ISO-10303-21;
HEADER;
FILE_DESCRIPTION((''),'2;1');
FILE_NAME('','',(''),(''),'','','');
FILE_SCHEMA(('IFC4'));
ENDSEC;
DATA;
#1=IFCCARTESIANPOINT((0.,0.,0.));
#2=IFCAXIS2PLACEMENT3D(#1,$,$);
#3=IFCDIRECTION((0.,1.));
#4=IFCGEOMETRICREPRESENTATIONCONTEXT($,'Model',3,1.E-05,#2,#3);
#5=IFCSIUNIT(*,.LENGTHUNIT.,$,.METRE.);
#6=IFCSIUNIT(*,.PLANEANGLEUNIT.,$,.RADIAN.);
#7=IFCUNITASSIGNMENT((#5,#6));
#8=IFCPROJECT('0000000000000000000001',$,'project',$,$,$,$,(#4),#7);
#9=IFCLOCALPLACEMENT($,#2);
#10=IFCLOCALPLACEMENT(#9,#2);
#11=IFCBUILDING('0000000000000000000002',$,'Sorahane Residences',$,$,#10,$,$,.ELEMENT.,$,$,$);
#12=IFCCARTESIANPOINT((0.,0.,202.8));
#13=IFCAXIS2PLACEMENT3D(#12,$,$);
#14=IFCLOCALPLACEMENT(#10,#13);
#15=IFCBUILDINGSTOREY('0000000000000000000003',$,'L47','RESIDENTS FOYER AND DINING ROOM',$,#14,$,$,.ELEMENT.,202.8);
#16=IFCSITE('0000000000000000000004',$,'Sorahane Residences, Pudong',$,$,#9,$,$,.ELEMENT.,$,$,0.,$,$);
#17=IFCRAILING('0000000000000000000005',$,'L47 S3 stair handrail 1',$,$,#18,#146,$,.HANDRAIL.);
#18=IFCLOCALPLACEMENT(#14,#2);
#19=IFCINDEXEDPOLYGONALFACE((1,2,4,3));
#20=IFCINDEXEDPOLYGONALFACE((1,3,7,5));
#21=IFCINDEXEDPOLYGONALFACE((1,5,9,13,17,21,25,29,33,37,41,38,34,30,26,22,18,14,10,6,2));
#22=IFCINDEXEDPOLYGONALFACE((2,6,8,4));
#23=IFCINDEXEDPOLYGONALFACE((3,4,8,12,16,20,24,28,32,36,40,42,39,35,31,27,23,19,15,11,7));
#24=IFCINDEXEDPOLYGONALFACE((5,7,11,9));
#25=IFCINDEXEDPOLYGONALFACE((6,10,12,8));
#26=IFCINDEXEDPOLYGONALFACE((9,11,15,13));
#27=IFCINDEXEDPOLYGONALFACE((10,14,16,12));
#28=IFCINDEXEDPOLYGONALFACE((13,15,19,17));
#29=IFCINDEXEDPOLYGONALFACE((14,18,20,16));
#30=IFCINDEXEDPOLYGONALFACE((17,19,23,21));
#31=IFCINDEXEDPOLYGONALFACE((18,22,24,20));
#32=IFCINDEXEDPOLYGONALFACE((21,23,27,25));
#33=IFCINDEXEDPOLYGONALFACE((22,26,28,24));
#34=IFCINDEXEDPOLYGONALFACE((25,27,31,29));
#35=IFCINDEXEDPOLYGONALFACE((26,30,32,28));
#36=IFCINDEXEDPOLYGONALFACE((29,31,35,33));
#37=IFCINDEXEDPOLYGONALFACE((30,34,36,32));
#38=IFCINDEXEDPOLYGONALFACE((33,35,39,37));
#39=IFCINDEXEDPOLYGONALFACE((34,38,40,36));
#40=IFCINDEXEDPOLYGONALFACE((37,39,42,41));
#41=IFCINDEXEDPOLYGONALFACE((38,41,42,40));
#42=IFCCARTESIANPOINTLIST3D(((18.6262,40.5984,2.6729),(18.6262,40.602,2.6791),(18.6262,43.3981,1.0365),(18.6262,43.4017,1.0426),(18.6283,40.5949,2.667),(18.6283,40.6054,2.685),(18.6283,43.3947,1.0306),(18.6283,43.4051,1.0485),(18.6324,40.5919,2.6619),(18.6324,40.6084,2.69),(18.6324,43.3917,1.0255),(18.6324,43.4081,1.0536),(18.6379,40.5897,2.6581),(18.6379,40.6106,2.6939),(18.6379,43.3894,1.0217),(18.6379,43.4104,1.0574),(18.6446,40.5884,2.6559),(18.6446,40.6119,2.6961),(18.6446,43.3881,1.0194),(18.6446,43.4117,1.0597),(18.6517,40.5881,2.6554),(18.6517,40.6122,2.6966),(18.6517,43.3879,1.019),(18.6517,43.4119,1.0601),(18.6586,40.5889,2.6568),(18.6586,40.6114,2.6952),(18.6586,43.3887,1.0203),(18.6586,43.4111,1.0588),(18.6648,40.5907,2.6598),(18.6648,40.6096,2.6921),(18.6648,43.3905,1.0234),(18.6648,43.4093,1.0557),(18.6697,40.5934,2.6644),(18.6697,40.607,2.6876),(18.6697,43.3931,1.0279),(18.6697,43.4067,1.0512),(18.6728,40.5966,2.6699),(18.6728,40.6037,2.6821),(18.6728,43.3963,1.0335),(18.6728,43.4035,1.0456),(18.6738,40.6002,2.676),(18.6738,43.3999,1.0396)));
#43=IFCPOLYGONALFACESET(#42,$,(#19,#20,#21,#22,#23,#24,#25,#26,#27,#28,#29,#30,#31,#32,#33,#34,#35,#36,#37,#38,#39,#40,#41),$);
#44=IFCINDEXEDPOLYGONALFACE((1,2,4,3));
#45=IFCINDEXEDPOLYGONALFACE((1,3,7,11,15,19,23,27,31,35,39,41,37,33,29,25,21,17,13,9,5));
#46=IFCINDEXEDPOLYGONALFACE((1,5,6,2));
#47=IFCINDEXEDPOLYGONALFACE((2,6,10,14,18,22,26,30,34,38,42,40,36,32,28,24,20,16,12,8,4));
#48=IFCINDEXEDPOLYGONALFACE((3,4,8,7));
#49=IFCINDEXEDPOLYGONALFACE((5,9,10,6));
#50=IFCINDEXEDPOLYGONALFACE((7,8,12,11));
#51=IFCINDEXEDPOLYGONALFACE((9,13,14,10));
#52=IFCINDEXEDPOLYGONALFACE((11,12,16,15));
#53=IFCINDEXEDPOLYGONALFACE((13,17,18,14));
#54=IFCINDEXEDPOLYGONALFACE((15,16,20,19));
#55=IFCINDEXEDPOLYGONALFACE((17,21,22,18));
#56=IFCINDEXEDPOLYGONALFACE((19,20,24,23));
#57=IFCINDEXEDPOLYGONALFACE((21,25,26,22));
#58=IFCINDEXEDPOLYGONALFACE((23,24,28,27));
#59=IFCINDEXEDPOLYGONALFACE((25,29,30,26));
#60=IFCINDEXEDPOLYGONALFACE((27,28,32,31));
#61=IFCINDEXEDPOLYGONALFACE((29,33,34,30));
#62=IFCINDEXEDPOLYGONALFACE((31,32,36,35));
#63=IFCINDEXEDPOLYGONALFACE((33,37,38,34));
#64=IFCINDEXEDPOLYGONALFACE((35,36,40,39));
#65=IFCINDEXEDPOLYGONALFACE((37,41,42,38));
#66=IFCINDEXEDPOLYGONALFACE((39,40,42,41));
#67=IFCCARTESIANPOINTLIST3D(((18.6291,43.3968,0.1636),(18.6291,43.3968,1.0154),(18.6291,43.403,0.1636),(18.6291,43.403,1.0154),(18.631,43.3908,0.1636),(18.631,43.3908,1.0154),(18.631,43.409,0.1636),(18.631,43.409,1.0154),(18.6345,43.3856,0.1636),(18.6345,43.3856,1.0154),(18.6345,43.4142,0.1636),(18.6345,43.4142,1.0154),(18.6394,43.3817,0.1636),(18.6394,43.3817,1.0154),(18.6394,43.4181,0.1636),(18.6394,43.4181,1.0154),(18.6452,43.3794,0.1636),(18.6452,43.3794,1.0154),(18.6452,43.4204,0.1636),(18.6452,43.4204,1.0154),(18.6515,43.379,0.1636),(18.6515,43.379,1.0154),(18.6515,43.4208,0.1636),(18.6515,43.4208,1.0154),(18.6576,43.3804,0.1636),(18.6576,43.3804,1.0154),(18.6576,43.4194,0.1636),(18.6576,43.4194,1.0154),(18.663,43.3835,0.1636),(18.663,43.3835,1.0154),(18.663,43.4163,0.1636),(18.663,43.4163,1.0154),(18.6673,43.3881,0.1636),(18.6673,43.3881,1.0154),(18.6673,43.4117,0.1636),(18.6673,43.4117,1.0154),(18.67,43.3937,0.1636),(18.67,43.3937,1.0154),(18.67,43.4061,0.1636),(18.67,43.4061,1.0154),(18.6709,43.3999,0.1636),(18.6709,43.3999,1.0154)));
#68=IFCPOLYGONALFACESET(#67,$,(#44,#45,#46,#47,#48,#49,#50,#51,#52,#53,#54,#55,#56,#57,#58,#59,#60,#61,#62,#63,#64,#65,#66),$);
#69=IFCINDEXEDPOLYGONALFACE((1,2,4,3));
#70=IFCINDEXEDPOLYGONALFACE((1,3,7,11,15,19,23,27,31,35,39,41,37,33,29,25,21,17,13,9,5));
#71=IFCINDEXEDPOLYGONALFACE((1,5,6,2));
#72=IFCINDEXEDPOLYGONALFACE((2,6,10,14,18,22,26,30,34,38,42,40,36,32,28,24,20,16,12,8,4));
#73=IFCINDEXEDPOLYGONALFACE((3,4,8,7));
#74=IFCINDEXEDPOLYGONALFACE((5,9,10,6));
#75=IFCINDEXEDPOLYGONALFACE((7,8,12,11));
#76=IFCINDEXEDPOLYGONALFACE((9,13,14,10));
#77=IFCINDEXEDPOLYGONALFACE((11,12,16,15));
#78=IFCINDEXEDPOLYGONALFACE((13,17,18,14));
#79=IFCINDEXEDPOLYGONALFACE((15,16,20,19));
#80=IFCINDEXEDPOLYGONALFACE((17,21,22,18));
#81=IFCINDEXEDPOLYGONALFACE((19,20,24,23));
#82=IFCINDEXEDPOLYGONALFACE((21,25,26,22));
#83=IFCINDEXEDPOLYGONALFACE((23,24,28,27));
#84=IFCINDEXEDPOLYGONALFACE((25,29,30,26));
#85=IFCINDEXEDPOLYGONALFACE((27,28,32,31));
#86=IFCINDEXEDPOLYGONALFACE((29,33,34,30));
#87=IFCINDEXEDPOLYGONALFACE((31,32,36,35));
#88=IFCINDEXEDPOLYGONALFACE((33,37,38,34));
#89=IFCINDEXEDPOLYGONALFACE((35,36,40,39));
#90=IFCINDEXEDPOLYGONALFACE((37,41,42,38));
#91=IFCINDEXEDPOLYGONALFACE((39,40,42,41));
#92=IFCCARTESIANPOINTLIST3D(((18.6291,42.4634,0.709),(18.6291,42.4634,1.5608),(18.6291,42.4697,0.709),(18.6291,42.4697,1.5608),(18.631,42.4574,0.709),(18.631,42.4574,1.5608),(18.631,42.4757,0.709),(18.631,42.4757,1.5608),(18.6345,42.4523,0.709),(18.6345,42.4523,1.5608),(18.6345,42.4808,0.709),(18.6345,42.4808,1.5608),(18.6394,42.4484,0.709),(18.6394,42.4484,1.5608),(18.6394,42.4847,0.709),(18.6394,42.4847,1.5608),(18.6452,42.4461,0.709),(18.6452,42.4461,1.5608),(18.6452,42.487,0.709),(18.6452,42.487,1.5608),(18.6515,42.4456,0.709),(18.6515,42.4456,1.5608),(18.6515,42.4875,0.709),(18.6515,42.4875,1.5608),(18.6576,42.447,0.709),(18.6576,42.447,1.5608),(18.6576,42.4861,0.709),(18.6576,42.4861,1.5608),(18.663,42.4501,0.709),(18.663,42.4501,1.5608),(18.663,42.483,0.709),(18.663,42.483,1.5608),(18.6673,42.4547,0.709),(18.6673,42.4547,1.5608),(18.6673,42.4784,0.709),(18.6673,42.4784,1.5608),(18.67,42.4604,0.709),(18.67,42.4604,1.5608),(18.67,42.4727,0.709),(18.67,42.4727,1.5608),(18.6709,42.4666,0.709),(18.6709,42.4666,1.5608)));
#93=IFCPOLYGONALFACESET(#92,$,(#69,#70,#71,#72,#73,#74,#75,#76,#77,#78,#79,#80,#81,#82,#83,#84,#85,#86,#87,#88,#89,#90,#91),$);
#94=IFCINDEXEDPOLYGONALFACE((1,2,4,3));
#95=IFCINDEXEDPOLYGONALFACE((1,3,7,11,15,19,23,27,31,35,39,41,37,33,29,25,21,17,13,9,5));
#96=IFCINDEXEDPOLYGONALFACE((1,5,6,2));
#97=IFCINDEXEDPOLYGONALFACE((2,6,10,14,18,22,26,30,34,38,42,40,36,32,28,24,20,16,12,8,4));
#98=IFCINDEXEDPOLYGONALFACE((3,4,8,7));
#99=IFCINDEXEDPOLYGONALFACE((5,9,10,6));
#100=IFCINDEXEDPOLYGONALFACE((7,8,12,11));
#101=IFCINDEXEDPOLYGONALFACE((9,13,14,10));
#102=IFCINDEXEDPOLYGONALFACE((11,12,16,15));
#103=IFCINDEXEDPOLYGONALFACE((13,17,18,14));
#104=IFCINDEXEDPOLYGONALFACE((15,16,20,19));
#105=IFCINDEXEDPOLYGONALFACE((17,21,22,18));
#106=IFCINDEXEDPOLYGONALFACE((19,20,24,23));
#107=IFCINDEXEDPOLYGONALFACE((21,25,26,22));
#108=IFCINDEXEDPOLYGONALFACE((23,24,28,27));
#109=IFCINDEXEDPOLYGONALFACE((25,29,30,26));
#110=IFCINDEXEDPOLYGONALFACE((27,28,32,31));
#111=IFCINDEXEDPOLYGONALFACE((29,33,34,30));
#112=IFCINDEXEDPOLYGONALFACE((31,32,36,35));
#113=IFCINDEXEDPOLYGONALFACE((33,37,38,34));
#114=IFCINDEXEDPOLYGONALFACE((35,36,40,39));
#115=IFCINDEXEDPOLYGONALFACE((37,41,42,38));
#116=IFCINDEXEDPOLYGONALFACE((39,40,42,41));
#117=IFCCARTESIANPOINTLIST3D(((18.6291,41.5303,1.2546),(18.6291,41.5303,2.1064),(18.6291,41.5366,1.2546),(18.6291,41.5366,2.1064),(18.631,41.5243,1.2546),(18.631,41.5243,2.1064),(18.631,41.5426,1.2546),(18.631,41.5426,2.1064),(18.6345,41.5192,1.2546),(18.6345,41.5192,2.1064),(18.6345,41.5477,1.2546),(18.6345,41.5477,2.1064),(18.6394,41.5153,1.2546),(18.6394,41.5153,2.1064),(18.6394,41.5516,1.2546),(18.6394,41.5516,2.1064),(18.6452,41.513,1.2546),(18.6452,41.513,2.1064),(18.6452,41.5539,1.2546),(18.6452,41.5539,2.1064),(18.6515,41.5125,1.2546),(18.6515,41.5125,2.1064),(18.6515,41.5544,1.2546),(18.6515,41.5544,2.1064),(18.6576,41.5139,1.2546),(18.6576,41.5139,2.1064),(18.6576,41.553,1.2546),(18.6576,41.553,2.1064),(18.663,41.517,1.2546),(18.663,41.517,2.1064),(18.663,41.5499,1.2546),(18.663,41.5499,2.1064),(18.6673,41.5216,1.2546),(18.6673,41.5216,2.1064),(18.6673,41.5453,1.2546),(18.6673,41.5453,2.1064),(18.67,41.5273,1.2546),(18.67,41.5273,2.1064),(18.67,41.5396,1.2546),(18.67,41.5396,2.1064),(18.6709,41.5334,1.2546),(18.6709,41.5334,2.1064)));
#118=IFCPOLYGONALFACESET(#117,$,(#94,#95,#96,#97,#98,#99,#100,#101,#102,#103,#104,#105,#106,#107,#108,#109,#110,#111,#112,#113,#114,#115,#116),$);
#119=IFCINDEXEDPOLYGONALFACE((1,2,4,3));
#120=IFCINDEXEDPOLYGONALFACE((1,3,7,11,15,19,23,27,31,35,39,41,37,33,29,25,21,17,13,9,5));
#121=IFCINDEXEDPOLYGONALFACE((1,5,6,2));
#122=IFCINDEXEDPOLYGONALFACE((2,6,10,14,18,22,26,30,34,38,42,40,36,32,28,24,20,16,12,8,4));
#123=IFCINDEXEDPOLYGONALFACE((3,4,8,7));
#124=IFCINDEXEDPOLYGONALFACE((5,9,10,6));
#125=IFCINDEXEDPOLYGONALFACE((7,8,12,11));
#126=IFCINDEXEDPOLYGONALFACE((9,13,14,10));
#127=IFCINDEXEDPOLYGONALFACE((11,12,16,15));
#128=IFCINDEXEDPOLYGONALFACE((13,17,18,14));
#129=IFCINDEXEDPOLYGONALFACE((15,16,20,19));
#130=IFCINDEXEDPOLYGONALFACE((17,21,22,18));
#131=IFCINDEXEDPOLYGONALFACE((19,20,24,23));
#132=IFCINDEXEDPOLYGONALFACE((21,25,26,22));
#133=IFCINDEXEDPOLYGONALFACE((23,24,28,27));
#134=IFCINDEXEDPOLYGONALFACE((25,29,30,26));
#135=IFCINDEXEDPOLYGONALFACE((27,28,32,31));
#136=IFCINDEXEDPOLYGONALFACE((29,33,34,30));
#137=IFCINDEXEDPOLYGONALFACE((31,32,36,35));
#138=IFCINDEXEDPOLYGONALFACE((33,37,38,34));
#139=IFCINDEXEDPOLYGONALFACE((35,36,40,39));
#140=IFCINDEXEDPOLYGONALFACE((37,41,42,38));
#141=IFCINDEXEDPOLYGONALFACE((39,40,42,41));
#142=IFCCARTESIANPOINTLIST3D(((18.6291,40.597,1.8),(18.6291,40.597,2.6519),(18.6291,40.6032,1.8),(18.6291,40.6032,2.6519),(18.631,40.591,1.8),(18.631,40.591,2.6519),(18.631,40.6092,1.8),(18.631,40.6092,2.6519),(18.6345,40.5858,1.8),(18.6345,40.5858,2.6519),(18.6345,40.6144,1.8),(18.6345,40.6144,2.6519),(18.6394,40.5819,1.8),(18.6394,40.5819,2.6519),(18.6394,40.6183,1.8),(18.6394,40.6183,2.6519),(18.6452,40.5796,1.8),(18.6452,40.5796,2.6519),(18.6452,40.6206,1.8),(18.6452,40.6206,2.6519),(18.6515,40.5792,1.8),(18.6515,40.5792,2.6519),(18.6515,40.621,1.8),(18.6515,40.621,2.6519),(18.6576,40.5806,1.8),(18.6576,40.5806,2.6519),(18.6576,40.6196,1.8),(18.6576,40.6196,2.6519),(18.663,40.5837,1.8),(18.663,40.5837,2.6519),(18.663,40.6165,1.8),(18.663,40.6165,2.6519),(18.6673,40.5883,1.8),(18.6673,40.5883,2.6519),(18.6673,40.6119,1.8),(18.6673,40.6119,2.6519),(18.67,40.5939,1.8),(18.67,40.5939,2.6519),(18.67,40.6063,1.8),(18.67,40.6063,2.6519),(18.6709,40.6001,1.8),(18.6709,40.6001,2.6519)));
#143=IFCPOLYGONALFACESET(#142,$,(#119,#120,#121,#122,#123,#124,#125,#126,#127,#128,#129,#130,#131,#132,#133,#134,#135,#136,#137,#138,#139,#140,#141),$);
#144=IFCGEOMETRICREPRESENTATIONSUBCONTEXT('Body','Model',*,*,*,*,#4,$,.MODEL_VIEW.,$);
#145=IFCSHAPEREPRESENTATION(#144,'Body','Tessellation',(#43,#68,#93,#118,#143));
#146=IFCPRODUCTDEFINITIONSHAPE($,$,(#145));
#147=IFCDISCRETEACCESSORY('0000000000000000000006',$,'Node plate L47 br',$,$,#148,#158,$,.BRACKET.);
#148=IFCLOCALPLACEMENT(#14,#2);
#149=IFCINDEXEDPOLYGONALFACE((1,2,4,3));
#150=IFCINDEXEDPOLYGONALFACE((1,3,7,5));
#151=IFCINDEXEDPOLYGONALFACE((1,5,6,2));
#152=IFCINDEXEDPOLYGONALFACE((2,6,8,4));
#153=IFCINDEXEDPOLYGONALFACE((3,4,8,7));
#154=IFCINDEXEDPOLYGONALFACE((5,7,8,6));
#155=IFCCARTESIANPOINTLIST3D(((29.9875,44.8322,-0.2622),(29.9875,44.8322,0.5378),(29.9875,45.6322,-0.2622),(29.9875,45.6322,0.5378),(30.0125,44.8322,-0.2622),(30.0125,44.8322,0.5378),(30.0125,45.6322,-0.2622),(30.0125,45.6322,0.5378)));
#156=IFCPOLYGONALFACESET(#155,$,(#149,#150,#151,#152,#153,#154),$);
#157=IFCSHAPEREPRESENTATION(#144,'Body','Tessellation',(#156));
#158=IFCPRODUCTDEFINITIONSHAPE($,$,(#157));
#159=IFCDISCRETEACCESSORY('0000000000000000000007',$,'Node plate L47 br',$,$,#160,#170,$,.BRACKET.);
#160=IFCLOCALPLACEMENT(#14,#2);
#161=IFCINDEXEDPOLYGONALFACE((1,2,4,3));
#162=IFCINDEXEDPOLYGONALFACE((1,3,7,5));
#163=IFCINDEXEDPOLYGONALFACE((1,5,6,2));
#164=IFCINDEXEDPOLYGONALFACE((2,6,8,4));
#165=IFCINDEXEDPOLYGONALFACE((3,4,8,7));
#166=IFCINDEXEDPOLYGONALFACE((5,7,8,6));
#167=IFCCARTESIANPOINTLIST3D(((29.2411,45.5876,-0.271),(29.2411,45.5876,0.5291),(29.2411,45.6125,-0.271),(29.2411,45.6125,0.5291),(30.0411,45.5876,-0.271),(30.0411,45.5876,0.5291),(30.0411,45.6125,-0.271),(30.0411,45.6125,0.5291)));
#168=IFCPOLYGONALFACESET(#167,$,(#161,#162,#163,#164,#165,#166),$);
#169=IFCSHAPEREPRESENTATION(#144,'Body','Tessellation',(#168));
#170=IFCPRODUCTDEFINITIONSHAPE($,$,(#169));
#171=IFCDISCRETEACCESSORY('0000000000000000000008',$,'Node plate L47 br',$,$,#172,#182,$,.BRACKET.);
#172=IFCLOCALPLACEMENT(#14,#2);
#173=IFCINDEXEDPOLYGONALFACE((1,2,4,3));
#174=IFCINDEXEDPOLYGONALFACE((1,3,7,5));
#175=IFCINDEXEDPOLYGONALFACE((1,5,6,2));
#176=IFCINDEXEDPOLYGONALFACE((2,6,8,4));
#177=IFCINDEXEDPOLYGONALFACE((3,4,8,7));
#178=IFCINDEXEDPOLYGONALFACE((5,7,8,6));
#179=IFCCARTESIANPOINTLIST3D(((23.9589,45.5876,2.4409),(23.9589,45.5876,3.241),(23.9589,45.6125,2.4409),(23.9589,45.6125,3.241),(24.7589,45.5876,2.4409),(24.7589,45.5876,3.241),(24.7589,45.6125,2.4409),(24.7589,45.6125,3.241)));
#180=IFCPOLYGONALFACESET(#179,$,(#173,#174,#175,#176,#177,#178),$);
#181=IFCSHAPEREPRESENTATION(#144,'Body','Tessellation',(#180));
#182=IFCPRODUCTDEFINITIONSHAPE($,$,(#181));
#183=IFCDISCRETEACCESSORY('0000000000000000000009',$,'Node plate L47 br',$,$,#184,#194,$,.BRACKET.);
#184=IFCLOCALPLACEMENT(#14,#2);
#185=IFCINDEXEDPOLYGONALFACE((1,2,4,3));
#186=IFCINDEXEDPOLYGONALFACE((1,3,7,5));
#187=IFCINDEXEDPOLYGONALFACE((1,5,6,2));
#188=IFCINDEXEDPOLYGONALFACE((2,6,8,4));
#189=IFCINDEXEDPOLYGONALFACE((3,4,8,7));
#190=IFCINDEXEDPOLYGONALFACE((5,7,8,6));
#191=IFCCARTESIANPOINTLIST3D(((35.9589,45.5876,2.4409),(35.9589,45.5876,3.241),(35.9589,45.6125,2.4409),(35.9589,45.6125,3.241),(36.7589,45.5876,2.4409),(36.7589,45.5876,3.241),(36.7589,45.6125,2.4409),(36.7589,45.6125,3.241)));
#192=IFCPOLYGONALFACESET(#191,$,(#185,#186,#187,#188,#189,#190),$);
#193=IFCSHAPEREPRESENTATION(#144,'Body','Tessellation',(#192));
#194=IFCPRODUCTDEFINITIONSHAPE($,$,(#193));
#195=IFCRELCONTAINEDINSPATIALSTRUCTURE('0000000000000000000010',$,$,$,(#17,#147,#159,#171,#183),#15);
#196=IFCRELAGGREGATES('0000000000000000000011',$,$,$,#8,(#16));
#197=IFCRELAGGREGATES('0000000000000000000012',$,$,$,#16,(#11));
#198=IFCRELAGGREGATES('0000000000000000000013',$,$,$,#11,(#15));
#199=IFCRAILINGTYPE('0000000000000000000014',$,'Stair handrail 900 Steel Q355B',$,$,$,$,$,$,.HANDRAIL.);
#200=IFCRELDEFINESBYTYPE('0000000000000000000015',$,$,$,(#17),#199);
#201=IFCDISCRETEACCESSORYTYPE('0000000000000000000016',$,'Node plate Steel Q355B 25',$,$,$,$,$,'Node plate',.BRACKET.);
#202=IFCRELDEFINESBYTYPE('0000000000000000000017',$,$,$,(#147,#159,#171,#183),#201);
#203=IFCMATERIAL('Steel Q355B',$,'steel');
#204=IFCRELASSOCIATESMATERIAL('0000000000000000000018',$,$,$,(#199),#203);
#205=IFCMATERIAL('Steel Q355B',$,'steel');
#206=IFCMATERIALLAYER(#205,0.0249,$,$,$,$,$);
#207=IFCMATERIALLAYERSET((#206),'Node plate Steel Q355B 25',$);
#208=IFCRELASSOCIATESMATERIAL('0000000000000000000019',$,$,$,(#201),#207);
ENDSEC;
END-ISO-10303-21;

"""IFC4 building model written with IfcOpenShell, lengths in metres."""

from ifc_helpers import new_model, si_unit, direction, frame, origin, origin_2d, place, context, subcontext, project, spatial, rectangle, circle, extrude, material, layer, layer_set, type_object, element, save


model = new_model("IFC4")

# Units and contexts
model_context = context("Model", 3, precision=1e-05, world=origin(), true_north=direction((0.0, 1.0)))
body_context = subcontext(model_context, "Body", "Model", "MODEL_VIEW")
ifc_project = project(units=[si_unit("LENGTHUNIT", "METRE"), si_unit("PLANEANGLEUNIT", "RADIAN")], contexts=[model_context])

# Site, building, storey
site_placement = place(None, origin())
site = spatial("IfcSite", under=ifc_project, at=site_placement, Name="Sorahane Residences, Pudong", CompositionType="ELEMENT", RefElevation=0.0)
building_placement = place(site_placement, origin())
building = spatial("IfcBuilding", under=site, at=building_placement, Name="Sorahane Residences", CompositionType="ELEMENT")
storey_placement = place(building_placement, frame((0.0, 0.0, 202.8)))
storey = spatial("IfcBuildingStorey", under=building, at=storey_placement, Name="L47", Description="RESIDENTS FOYER AND DINING ROOM", CompositionType="ELEMENT", Elevation=202.8)

# Railing
ifc_material_1 = material(Name="Steel Q355B", Category="steel")
railing_type_1 = type_object("IfcRailingType", Name="Stair handrail 900 Steel Q355B", PredefinedType="HANDRAIL", material=ifc_material_1)
railing_1_placement = place(storey_placement, frame((18.6499, 43.3999, 0.1636)))
element("IfcRailing", 1, at=railing_1_placement, inside=storey, type_object=railing_type_1, Name="L47 S3 stair handrail 1", PredefinedType="HANDRAIL", context=body_context, shape_type="SweptSolid", body=[
    extrude(circle(Radius=0.0239, at=origin_2d()), frame((0.0, 0.0, 0.876), z_axis=(0.0, -0.863342, 0.50462), x_axis=(1.0, 0.0, 0.0)), (0.0, 0.0, 1.0), 3.2429),
    extrude(circle(Radius=0.021, at=origin_2d()), origin(), (0.0, 0.0, 1.0), 0.8518),
    extrude(circle(Radius=0.021, at=origin_2d()), frame((0.0, -0.9333, 0.5454)), (0.0, 0.0, 1.0), 0.8518),
    extrude(circle(Radius=0.021, at=origin_2d()), frame((0.0, -1.8665, 1.0911)), (0.0, 0.0, 1.0), 0.8518),
    extrude(circle(Radius=0.021, at=origin_2d()), frame((0.0, -2.7998, 1.6365)), (0.0, 0.0, 1.0), 0.8518),
])

# Discrete accessories
ifc_material_2 = material(Name="Steel Q355B", Category="steel")
ifc_layer_1 = layer(ifc_material_2, 0.0249)
ifc_layer_set_1 = layer_set([ifc_layer_1], Name="Node plate Steel Q355B 25")
discrete_accessory_type = type_object("IfcDiscreteAccessoryType", Name="Node plate Steel Q355B 25", ElementType="Node plate", PredefinedType="BRACKET", material=ifc_layer_set_1)
for number, where, z_axis, x_axis, name in (
    (2, (30.0, 45.2322, -0.2622), (0.0, 0.0, 1.0), (0.0, 1.0, 0.0), "Node plate L47 br"),
    (3, (29.6411, 45.6001, -0.271), (0.0, 0.0, 1.0), (1.0, 0.0, 0.0), "Node plate L47 br"),
    (4, (24.3589, 45.6001, 2.4409), (0.0, 0.0, 1.0), (1.0, 0.0, 0.0), "Node plate L47 br"),
    (5, (36.3589, 45.6001, 2.4409), (0.0, 0.0, 1.0), (1.0, 0.0, 0.0), "Node plate L47 br"),
):
    element("IfcDiscreteAccessory", number, at=place(storey_placement, frame(where, z_axis=z_axis, x_axis=x_axis)), inside=storey, type_object=discrete_accessory_type, Name=name, PredefinedType="BRACKET", context=body_context, shape_type="SweptSolid", body=[
        extrude(rectangle(XDim=0.8, YDim=0.0249, at=origin_2d()), origin(), (0.0, 0.0, 1.0), 0.8),
    ])

save(model, "model.ifc")
